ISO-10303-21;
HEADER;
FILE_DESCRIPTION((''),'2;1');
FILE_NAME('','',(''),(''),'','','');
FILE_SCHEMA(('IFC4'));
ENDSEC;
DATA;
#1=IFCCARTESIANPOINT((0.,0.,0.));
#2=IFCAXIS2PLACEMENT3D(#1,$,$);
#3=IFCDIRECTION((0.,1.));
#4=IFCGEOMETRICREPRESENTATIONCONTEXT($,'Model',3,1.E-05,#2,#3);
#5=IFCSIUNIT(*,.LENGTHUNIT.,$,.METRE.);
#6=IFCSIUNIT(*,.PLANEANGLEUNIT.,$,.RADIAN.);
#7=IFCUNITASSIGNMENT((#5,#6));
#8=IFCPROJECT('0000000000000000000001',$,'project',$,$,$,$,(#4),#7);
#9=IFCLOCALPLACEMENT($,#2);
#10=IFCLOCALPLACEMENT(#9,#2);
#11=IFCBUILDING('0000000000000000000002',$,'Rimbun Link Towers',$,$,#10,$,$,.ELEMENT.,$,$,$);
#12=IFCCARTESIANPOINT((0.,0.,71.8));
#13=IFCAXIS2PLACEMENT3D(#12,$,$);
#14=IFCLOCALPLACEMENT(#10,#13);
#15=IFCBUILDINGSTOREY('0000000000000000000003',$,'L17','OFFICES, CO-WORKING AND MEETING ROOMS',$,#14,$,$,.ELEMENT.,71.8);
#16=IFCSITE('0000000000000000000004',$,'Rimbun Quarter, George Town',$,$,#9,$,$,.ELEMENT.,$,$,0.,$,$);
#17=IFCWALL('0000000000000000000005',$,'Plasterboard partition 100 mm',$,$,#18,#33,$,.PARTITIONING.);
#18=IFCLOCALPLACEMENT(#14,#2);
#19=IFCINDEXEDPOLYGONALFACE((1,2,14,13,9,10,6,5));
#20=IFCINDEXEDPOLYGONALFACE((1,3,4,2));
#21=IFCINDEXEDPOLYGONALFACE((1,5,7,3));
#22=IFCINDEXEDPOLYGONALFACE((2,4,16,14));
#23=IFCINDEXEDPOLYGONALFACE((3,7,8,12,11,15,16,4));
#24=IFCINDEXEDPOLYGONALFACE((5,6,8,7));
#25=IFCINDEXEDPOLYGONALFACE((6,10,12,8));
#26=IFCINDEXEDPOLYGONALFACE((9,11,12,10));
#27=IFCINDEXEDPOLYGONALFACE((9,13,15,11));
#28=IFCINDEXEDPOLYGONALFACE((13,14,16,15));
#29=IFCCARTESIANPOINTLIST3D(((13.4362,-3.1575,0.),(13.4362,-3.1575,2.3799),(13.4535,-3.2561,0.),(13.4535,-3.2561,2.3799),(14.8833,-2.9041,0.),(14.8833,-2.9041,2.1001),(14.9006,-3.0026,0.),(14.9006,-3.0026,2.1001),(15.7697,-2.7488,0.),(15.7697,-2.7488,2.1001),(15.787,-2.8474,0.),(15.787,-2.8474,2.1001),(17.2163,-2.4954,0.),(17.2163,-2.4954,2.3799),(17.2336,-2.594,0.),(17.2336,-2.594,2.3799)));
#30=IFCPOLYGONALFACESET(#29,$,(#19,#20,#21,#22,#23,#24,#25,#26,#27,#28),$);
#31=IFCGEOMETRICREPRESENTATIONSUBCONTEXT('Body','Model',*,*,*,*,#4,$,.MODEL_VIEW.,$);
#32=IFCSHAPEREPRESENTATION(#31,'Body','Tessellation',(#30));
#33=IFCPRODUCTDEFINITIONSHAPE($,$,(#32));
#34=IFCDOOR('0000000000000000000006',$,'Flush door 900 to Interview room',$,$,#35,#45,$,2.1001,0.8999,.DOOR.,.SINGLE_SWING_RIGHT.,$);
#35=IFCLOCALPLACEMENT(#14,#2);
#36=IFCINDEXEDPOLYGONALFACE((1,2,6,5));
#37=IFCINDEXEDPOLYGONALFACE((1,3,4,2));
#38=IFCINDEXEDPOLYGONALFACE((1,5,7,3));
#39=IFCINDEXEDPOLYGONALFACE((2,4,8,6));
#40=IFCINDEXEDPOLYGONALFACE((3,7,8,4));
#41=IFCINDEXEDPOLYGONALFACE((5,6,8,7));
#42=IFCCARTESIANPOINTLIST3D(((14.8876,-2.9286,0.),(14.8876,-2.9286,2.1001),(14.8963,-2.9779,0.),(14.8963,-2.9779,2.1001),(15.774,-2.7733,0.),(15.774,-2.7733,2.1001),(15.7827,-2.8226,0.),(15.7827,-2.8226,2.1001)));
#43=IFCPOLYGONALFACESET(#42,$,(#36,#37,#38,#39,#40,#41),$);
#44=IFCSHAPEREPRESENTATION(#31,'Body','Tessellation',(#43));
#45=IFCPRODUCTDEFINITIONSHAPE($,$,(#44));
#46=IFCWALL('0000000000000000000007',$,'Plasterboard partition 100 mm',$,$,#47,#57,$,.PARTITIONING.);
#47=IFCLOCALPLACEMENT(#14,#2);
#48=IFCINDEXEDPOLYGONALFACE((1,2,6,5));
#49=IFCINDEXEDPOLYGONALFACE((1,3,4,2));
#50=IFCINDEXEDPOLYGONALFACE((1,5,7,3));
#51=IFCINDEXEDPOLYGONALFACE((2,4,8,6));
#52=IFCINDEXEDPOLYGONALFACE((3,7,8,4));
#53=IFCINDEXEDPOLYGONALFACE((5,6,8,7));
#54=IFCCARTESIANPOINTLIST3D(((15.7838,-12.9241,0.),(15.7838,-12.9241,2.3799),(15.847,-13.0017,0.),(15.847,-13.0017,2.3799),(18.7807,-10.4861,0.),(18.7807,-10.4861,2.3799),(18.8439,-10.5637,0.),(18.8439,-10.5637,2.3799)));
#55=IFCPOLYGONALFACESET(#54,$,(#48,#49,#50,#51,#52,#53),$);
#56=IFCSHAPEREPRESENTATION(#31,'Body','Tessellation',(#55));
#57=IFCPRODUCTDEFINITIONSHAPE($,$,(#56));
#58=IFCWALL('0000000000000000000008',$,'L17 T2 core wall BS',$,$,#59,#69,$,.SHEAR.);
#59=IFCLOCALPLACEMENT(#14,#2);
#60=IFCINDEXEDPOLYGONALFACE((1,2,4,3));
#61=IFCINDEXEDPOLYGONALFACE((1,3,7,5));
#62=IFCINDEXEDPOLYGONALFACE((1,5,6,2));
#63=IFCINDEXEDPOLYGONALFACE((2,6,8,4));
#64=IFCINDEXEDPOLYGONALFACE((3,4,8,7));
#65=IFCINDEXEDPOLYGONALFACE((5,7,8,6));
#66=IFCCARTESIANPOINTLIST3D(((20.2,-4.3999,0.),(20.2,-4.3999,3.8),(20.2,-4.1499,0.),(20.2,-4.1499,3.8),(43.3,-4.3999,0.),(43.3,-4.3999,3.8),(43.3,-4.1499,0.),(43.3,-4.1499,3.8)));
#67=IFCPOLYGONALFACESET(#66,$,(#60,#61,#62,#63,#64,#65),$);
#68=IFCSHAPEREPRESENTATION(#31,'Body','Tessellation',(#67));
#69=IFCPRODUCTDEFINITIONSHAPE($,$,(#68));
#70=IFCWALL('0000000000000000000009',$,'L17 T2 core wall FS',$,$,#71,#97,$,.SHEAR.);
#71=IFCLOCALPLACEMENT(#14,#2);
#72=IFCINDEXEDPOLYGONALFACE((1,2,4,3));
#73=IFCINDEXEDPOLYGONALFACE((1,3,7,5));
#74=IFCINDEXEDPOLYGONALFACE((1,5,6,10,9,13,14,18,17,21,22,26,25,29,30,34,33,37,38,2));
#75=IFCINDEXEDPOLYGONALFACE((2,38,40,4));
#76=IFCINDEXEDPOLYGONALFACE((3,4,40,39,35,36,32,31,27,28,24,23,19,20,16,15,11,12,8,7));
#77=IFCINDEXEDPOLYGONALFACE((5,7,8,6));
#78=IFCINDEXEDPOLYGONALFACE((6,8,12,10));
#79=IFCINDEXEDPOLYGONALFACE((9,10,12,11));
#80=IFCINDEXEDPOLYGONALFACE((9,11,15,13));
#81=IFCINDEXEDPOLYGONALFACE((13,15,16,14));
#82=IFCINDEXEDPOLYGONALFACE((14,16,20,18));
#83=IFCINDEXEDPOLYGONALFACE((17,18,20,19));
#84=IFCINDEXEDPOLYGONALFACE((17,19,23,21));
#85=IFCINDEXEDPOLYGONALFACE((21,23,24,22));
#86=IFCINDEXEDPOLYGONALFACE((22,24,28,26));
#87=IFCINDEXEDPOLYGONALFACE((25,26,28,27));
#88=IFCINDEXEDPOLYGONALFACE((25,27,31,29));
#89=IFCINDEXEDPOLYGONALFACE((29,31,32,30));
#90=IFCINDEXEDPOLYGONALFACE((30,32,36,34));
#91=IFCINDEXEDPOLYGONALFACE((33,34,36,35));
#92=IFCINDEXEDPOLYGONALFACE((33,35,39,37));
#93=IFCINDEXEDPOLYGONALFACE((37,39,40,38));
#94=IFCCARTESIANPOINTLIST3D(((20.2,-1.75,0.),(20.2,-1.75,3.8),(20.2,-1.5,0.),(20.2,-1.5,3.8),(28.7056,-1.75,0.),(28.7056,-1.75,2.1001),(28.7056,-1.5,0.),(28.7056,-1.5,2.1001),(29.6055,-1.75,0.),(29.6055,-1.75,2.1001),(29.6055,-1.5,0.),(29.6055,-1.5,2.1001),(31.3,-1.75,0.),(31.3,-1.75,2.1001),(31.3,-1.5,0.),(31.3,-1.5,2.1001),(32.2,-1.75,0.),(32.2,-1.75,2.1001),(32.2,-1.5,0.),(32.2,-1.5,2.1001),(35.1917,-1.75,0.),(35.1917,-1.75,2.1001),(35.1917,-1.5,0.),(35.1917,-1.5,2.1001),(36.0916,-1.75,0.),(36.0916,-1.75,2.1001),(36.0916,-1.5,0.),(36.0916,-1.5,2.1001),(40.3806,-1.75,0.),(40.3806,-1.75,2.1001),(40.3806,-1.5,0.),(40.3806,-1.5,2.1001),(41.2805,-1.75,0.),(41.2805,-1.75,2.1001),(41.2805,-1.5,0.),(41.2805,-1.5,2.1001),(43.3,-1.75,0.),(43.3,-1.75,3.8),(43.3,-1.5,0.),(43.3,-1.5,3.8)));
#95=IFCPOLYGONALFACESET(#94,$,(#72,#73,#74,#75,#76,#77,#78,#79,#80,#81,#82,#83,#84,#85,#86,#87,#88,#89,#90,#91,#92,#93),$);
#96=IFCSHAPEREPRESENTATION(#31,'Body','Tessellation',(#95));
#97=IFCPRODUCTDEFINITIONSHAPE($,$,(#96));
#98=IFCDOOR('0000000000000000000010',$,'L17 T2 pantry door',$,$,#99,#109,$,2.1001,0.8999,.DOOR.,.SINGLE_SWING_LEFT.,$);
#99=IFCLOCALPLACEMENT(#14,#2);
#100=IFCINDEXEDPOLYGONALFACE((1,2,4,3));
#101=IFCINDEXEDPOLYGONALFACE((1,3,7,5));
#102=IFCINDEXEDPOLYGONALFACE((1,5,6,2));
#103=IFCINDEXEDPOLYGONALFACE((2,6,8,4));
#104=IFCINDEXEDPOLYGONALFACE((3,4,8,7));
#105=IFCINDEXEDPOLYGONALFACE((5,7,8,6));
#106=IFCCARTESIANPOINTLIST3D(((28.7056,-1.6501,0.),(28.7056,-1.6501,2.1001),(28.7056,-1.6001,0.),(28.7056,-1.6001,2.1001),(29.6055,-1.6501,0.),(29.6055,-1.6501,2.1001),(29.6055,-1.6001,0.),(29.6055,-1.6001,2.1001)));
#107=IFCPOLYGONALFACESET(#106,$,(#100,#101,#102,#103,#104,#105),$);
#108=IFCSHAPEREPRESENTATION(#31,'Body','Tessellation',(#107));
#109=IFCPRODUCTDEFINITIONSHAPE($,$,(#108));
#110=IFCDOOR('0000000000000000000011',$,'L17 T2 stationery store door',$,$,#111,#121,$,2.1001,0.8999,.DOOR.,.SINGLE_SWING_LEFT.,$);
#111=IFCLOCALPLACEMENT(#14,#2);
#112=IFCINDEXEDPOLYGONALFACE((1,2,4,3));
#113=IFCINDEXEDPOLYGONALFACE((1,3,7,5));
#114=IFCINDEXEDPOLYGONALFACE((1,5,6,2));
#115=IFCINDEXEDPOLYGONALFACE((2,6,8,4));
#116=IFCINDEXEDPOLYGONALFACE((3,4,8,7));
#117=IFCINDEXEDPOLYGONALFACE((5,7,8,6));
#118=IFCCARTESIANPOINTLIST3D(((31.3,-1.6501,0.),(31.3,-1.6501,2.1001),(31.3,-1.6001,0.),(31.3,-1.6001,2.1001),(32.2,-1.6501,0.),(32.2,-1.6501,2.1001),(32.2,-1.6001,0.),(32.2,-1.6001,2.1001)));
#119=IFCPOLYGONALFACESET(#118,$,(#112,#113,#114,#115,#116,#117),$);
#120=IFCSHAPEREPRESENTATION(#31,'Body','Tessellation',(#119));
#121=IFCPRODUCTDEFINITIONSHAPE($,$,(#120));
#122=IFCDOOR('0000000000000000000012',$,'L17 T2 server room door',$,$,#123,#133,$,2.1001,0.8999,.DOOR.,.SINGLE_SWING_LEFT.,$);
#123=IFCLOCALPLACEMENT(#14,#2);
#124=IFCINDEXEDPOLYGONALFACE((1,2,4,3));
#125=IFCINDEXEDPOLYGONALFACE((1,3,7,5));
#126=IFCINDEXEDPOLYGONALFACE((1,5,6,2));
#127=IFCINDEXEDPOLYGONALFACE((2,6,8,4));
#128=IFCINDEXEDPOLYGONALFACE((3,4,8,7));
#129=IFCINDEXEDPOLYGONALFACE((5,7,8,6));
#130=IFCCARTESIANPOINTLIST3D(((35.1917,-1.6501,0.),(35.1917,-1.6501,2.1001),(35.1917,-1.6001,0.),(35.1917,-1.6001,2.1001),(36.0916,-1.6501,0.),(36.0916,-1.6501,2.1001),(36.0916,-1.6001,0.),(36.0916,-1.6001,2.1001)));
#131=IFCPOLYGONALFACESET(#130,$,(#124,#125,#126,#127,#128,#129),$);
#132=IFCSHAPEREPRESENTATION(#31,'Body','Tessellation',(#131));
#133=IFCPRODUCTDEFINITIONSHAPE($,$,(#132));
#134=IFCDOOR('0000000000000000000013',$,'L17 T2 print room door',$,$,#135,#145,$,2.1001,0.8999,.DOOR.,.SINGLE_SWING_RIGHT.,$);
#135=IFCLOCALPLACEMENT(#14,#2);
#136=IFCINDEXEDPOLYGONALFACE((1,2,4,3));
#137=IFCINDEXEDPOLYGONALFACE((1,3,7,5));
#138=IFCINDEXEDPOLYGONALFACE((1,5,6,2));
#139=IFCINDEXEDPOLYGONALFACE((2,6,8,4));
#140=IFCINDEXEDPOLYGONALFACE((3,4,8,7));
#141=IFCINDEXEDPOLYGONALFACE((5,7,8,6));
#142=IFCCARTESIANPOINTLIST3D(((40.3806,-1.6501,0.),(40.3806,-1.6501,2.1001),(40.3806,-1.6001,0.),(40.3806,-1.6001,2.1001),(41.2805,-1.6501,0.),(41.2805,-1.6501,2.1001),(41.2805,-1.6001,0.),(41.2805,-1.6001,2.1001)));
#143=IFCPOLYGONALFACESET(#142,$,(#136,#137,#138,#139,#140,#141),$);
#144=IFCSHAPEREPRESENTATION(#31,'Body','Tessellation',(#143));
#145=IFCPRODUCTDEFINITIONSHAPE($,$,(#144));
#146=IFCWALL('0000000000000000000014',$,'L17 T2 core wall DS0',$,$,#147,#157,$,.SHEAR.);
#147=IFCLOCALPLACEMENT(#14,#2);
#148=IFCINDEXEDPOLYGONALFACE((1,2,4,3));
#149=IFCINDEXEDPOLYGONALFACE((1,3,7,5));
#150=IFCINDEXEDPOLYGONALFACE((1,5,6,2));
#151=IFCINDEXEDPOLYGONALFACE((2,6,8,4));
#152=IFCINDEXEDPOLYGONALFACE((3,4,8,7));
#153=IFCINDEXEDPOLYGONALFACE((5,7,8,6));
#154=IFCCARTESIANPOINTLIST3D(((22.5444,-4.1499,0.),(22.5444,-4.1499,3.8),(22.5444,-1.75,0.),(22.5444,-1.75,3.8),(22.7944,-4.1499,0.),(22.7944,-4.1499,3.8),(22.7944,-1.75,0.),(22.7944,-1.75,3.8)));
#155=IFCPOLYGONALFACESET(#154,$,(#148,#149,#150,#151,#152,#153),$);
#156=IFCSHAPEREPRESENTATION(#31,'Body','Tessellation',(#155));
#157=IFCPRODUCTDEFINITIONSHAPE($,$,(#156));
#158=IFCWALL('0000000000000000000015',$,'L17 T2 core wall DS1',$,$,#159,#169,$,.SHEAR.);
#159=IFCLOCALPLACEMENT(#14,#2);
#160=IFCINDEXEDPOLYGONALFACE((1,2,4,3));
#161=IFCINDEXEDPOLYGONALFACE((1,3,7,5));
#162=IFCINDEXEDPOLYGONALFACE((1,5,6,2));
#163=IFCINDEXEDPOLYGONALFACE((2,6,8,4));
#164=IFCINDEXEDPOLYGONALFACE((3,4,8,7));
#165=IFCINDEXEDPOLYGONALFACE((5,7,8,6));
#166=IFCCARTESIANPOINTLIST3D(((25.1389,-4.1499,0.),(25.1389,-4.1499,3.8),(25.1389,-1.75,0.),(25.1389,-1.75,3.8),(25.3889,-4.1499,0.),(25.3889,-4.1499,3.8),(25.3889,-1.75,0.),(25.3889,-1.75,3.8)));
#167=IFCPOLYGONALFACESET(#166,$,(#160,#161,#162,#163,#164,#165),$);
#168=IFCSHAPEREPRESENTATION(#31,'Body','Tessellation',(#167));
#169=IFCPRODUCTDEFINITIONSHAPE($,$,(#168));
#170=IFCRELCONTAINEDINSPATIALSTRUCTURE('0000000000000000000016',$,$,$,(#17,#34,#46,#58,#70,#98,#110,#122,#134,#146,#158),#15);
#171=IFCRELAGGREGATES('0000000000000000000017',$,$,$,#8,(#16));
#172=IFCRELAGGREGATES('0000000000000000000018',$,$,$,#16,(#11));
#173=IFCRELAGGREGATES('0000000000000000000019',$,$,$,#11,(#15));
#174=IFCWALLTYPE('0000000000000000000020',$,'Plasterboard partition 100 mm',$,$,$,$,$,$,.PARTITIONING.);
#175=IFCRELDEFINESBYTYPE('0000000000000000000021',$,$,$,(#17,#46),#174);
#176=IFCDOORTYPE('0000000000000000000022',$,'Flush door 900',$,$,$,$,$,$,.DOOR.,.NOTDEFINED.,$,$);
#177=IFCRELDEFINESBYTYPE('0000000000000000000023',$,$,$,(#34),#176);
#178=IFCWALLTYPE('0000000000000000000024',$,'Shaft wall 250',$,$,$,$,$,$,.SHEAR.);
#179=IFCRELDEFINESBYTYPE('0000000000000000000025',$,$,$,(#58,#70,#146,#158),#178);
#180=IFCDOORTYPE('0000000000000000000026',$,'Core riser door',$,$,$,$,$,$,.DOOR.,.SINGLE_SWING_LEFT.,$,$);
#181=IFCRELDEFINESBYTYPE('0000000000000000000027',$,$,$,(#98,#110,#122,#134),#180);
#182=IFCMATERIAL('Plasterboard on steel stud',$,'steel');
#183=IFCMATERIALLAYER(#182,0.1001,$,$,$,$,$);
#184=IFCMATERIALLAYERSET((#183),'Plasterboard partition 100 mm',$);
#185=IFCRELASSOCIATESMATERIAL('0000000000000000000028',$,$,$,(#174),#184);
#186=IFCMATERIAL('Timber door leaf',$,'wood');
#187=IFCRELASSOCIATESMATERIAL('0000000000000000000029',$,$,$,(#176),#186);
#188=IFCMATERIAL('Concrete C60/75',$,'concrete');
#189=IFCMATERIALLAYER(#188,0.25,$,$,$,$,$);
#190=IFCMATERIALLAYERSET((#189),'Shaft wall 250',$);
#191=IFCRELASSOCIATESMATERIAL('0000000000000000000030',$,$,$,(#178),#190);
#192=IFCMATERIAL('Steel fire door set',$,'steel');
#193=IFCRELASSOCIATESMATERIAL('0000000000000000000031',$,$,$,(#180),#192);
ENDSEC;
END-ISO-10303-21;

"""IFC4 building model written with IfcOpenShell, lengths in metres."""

from ifc_helpers import new_model, si_unit, direction, frame, frame_2d, origin, place, context, subcontext, project, spatial, rectangle, extrude, material, layer, layer_set, type_object, element, fill, save


model = new_model("IFC4")

# Units and contexts
model_context = context("Model", 3, precision=1e-05, world=origin(), true_north=direction((0.0, 1.0)))
body_context = subcontext(model_context, "Body", "Model", "MODEL_VIEW")
ifc_project = project(units=[si_unit("LENGTHUNIT", "METRE"), si_unit("PLANEANGLEUNIT", "RADIAN")], contexts=[model_context])

# Site, building, storey
site_placement = place(None, origin())
site = spatial("IfcSite", under=ifc_project, at=site_placement, Name="Rimbun Quarter, George Town", CompositionType="ELEMENT", RefElevation=0.0)
building_placement = place(site_placement, origin())
building = spatial("IfcBuilding", under=site, at=building_placement, Name="Rimbun Link Towers", CompositionType="ELEMENT")
storey_placement = place(building_placement, frame((0.0, 0.0, 71.8)))
storey = spatial("IfcBuildingStorey", under=building, at=storey_placement, Name="L17", Description="OFFICES, CO-WORKING AND MEETING ROOMS", CompositionType="ELEMENT", Elevation=71.8)

# Wall, opening, door
ifc_material_1 = material(Name="Plasterboard on steel stud", Category="steel")
ifc_layer_1 = layer(ifc_material_1, 0.1001)
ifc_layer_set_1 = layer_set([ifc_layer_1], Name="Plasterboard partition 100 mm")
wall_type_1 = type_object("IfcWallType", Name="Plasterboard partition 100 mm", PredefinedType="PARTITIONING", material=ifc_layer_set_1)
wall_1_placement = place(storey_placement, frame((17.2251, -2.5447, 0.0), z_axis=(0.0, 0.0, 1.0), x_axis=(-0.985004, -0.172533, 0.0)))
wall_1 = element("IfcWall", 1, at=wall_1_placement, inside=storey, type_object=wall_type_1, Name="Plasterboard partition 100 mm", PredefinedType="PARTITIONING", context=body_context, shape_type="SweptSolid", body=[
    extrude(rectangle(XDim=3.8376, YDim=0.1001, at=frame_2d((1.9189, 0.0))), origin(), (0.0, 0.0, 1.0), 2.3799),
])
opening_1_placement = place(wall_1_placement, frame((1.4688, 0.0, 0.0)))
opening_1 = element("IfcOpeningElement", 2, at=opening_1_placement, cuts=wall_1, PredefinedType="OPENING", context=body_context, shape_type="SweptSolid", body=[
    extrude(rectangle(XDim=0.8999, YDim=2.1001, at=frame_2d((0.45, 1.05))), frame((0.0, 0.0601, 0.0), z_axis=(0.0, -1.0, 0.0), x_axis=(1.0, 0.0, 0.0)), (0.0, 0.0, 1.0), 0.1201),
])
ifc_material_2 = material(Name="Timber door leaf", Category="wood")
door_type_1 = type_object("IfcDoorType", Name="Flush door 900", OperationType="NOTDEFINED", PredefinedType="DOOR", material=ifc_material_2)
door_1_placement = place(opening_1_placement, origin())
door_1 = element("IfcDoor", 3, at=door_1_placement, inside=storey, type_object=door_type_1, Name="Flush door 900 to Interview room", OperationType="SINGLE_SWING_RIGHT", OverallHeight=2.1001, OverallWidth=0.8999, PredefinedType="DOOR", context=body_context, shape_type="SweptSolid", body=[
    extrude(rectangle(XDim=0.8999, YDim=2.1001, at=frame_2d((0.45, 1.05))), frame((0.0, 0.0249, 0.0), z_axis=(0.0, -1.0, 0.0), x_axis=(1.0, 0.0, 0.0)), (0.0, 0.0, 1.0), 0.05),
])
fill(opening_1, door_1)

# Walls
wall_2_placement = place(storey_placement, frame((15.8154, -12.9629, 0.0), z_axis=(0.0, 0.0, 1.0), x_axis=(0.775725, 0.631071, 0.0)))
element("IfcWall", 4, at=wall_2_placement, inside=storey, type_object=wall_type_1, Name="Plasterboard partition 100 mm", PredefinedType="PARTITIONING", context=body_context, shape_type="SweptSolid", body=[
    extrude(rectangle(XDim=3.8633, YDim=0.1001, at=frame_2d((1.9316, 0.0))), origin(), (0.0, 0.0, 1.0), 2.3799),
])
ifc_material_3 = material(Name="Concrete C60/75", Category="concrete")
ifc_layer_2 = layer(ifc_material_3, 0.25)
ifc_layer_set_2 = layer_set([ifc_layer_2], Name="Shaft wall 250")
wall_type_2 = type_object("IfcWallType", Name="Shaft wall 250", PredefinedType="SHEAR", material=ifc_layer_set_2)
wall_3_placement = place(storey_placement, frame((20.2, -4.2749, 0.0), z_axis=(0.0, 0.0, 1.0), x_axis=(1.0, 0.0, 0.0)))
element("IfcWall", 5, at=wall_3_placement, inside=storey, type_object=wall_type_2, Name="L17 T2 core wall BS", PredefinedType="SHEAR", context=body_context, shape_type="SweptSolid", body=[
    extrude(rectangle(XDim=23.1001, YDim=0.25, at=frame_2d((11.55, 0.0))), origin(), (0.0, 0.0, 1.0), 3.8),
])

# Wall, openings, doors
wall_4_placement = place(storey_placement, frame((20.2, -1.625, 0.0), z_axis=(0.0, 0.0, 1.0), x_axis=(1.0, 0.0, 0.0)))
wall_4 = element("IfcWall", 6, at=wall_4_placement, inside=storey, type_object=wall_type_2, Name="L17 T2 core wall FS", PredefinedType="SHEAR", context=body_context, shape_type="SweptSolid", body=[
    extrude(rectangle(XDim=23.1001, YDim=0.25, at=frame_2d((11.55, 0.0))), origin(), (0.0, 0.0, 1.0), 3.8),
])
opening_2_placement = place(wall_4_placement, frame((8.5056, 0.0, 0.0)))
opening_2 = element("IfcOpeningElement", 7, at=opening_2_placement, cuts=wall_4, PredefinedType="OPENING", context=body_context, shape_type="SweptSolid", body=[
    extrude(rectangle(XDim=0.8999, YDim=2.1001, at=frame_2d((0.45, 1.05))), frame((0.0, 0.135, 0.0), z_axis=(0.0, -1.0, 0.0), x_axis=(1.0, 0.0, 0.0)), (0.0, 0.0, 1.0), 0.27),
])
opening_3_placement = place(wall_4_placement, frame((11.1001, 0.0, 0.0)))
opening_3 = element("IfcOpeningElement", 8, at=opening_3_placement, cuts=wall_4, PredefinedType="OPENING", context=body_context, shape_type="SweptSolid", body=[
    extrude(rectangle(XDim=0.8999, YDim=2.1001, at=frame_2d((0.45, 1.05))), frame((0.0, 0.135, 0.0), z_axis=(0.0, -1.0, 0.0), x_axis=(1.0, 0.0, 0.0)), (0.0, 0.0, 1.0), 0.27),
])
opening_4_placement = place(wall_4_placement, frame((14.9917, 0.0, 0.0)))
opening_4 = element("IfcOpeningElement", 9, at=opening_4_placement, cuts=wall_4, PredefinedType="OPENING", context=body_context, shape_type="SweptSolid", body=[
    extrude(rectangle(XDim=0.8999, YDim=2.1001, at=frame_2d((0.45, 1.05))), frame((0.0, 0.135, 0.0), z_axis=(0.0, -1.0, 0.0), x_axis=(1.0, 0.0, 0.0)), (0.0, 0.0, 1.0), 0.27),
])
opening_5_placement = place(wall_4_placement, frame((20.1807, 0.0, 0.0)))
opening_5 = element("IfcOpeningElement", 10, at=opening_5_placement, cuts=wall_4, PredefinedType="OPENING", context=body_context, shape_type="SweptSolid", body=[
    extrude(rectangle(XDim=0.8999, YDim=2.1001, at=frame_2d((0.45, 1.05))), frame((0.0, 0.135, 0.0), z_axis=(0.0, -1.0, 0.0), x_axis=(1.0, 0.0, 0.0)), (0.0, 0.0, 1.0), 0.27),
])
ifc_material_4 = material(Name="Steel fire door set", Category="steel")
door_type_2 = type_object("IfcDoorType", Name="Core riser door", OperationType="SINGLE_SWING_LEFT", PredefinedType="DOOR", material=ifc_material_4)
door_2_placement = place(opening_2_placement, origin())
door_2 = element("IfcDoor", 11, at=door_2_placement, inside=storey, type_object=door_type_2, Name="L17 T2 pantry door", OperationType="SINGLE_SWING_LEFT", OverallHeight=2.1001, OverallWidth=0.8999, PredefinedType="DOOR", context=body_context, shape_type="SweptSolid", body=[
    extrude(rectangle(XDim=0.8999, YDim=2.1001, at=frame_2d((0.45, 1.05))), frame((0.0, 0.0249, 0.0), z_axis=(0.0, -1.0, 0.0), x_axis=(1.0, 0.0, 0.0)), (0.0, 0.0, 1.0), 0.05),
])
fill(opening_2, door_2)
door_3_placement = place(opening_3_placement, origin())
door_3 = element("IfcDoor", 12, at=door_3_placement, inside=storey, type_object=door_type_2, Name="L17 T2 stationery store door", OperationType="SINGLE_SWING_LEFT", OverallHeight=2.1001, OverallWidth=0.8999, PredefinedType="DOOR", context=body_context, shape_type="SweptSolid", body=[
    extrude(rectangle(XDim=0.8999, YDim=2.1001, at=frame_2d((0.45, 1.05))), frame((0.0, 0.0249, 0.0), z_axis=(0.0, -1.0, 0.0), x_axis=(1.0, 0.0, 0.0)), (0.0, 0.0, 1.0), 0.05),
])
fill(opening_3, door_3)
door_4_placement = place(opening_4_placement, origin())
door_4 = element("IfcDoor", 13, at=door_4_placement, inside=storey, type_object=door_type_2, Name="L17 T2 server room door", OperationType="SINGLE_SWING_LEFT", OverallHeight=2.1001, OverallWidth=0.8999, PredefinedType="DOOR", context=body_context, shape_type="SweptSolid", body=[
    extrude(rectangle(XDim=0.8999, YDim=2.1001, at=frame_2d((0.45, 1.05))), frame((0.0, 0.0249, 0.0), z_axis=(0.0, -1.0, 0.0), x_axis=(1.0, 0.0, 0.0)), (0.0, 0.0, 1.0), 0.05),
])
fill(opening_4, door_4)
door_5_placement = place(opening_5_placement, origin())
door_5 = element("IfcDoor", 14, at=door_5_placement, inside=storey, type_object=door_type_2, Name="L17 T2 print room door", OperationType="SINGLE_SWING_RIGHT", OverallHeight=2.1001, OverallWidth=0.8999, PredefinedType="DOOR", context=body_context, shape_type="SweptSolid", body=[
    extrude(rectangle(XDim=0.8999, YDim=2.1001, at=frame_2d((0.45, 1.05))), frame((0.0, 0.0249, 0.0), z_axis=(0.0, -1.0, 0.0), x_axis=(1.0, 0.0, 0.0)), (0.0, 0.0, 1.0), 0.05),
])
fill(opening_5, door_5)

# Walls
for number, where, z_axis, x_axis, name in (
    (15, (22.6694, -4.1499, 0.0), (0.0, 0.0, 1.0), (0.0, 1.0, 0.0), "L17 T2 core wall DS0"),
    (16, (25.2639, -4.1499, 0.0), (0.0, 0.0, 1.0), (0.0, 1.0, 0.0), "L17 T2 core wall DS1"),
):
    element("IfcWall", number, at=place(storey_placement, frame(where, z_axis=z_axis, x_axis=x_axis)), inside=storey, type_object=wall_type_2, Name=name, PredefinedType="SHEAR", context=body_context, shape_type="SweptSolid", body=[
        extrude(rectangle(XDim=2.3999, YDim=0.25, at=frame_2d((1.2, 0.0))), origin(), (0.0, 0.0, 1.0), 3.8),
    ])

save(model, "model.ifc")
